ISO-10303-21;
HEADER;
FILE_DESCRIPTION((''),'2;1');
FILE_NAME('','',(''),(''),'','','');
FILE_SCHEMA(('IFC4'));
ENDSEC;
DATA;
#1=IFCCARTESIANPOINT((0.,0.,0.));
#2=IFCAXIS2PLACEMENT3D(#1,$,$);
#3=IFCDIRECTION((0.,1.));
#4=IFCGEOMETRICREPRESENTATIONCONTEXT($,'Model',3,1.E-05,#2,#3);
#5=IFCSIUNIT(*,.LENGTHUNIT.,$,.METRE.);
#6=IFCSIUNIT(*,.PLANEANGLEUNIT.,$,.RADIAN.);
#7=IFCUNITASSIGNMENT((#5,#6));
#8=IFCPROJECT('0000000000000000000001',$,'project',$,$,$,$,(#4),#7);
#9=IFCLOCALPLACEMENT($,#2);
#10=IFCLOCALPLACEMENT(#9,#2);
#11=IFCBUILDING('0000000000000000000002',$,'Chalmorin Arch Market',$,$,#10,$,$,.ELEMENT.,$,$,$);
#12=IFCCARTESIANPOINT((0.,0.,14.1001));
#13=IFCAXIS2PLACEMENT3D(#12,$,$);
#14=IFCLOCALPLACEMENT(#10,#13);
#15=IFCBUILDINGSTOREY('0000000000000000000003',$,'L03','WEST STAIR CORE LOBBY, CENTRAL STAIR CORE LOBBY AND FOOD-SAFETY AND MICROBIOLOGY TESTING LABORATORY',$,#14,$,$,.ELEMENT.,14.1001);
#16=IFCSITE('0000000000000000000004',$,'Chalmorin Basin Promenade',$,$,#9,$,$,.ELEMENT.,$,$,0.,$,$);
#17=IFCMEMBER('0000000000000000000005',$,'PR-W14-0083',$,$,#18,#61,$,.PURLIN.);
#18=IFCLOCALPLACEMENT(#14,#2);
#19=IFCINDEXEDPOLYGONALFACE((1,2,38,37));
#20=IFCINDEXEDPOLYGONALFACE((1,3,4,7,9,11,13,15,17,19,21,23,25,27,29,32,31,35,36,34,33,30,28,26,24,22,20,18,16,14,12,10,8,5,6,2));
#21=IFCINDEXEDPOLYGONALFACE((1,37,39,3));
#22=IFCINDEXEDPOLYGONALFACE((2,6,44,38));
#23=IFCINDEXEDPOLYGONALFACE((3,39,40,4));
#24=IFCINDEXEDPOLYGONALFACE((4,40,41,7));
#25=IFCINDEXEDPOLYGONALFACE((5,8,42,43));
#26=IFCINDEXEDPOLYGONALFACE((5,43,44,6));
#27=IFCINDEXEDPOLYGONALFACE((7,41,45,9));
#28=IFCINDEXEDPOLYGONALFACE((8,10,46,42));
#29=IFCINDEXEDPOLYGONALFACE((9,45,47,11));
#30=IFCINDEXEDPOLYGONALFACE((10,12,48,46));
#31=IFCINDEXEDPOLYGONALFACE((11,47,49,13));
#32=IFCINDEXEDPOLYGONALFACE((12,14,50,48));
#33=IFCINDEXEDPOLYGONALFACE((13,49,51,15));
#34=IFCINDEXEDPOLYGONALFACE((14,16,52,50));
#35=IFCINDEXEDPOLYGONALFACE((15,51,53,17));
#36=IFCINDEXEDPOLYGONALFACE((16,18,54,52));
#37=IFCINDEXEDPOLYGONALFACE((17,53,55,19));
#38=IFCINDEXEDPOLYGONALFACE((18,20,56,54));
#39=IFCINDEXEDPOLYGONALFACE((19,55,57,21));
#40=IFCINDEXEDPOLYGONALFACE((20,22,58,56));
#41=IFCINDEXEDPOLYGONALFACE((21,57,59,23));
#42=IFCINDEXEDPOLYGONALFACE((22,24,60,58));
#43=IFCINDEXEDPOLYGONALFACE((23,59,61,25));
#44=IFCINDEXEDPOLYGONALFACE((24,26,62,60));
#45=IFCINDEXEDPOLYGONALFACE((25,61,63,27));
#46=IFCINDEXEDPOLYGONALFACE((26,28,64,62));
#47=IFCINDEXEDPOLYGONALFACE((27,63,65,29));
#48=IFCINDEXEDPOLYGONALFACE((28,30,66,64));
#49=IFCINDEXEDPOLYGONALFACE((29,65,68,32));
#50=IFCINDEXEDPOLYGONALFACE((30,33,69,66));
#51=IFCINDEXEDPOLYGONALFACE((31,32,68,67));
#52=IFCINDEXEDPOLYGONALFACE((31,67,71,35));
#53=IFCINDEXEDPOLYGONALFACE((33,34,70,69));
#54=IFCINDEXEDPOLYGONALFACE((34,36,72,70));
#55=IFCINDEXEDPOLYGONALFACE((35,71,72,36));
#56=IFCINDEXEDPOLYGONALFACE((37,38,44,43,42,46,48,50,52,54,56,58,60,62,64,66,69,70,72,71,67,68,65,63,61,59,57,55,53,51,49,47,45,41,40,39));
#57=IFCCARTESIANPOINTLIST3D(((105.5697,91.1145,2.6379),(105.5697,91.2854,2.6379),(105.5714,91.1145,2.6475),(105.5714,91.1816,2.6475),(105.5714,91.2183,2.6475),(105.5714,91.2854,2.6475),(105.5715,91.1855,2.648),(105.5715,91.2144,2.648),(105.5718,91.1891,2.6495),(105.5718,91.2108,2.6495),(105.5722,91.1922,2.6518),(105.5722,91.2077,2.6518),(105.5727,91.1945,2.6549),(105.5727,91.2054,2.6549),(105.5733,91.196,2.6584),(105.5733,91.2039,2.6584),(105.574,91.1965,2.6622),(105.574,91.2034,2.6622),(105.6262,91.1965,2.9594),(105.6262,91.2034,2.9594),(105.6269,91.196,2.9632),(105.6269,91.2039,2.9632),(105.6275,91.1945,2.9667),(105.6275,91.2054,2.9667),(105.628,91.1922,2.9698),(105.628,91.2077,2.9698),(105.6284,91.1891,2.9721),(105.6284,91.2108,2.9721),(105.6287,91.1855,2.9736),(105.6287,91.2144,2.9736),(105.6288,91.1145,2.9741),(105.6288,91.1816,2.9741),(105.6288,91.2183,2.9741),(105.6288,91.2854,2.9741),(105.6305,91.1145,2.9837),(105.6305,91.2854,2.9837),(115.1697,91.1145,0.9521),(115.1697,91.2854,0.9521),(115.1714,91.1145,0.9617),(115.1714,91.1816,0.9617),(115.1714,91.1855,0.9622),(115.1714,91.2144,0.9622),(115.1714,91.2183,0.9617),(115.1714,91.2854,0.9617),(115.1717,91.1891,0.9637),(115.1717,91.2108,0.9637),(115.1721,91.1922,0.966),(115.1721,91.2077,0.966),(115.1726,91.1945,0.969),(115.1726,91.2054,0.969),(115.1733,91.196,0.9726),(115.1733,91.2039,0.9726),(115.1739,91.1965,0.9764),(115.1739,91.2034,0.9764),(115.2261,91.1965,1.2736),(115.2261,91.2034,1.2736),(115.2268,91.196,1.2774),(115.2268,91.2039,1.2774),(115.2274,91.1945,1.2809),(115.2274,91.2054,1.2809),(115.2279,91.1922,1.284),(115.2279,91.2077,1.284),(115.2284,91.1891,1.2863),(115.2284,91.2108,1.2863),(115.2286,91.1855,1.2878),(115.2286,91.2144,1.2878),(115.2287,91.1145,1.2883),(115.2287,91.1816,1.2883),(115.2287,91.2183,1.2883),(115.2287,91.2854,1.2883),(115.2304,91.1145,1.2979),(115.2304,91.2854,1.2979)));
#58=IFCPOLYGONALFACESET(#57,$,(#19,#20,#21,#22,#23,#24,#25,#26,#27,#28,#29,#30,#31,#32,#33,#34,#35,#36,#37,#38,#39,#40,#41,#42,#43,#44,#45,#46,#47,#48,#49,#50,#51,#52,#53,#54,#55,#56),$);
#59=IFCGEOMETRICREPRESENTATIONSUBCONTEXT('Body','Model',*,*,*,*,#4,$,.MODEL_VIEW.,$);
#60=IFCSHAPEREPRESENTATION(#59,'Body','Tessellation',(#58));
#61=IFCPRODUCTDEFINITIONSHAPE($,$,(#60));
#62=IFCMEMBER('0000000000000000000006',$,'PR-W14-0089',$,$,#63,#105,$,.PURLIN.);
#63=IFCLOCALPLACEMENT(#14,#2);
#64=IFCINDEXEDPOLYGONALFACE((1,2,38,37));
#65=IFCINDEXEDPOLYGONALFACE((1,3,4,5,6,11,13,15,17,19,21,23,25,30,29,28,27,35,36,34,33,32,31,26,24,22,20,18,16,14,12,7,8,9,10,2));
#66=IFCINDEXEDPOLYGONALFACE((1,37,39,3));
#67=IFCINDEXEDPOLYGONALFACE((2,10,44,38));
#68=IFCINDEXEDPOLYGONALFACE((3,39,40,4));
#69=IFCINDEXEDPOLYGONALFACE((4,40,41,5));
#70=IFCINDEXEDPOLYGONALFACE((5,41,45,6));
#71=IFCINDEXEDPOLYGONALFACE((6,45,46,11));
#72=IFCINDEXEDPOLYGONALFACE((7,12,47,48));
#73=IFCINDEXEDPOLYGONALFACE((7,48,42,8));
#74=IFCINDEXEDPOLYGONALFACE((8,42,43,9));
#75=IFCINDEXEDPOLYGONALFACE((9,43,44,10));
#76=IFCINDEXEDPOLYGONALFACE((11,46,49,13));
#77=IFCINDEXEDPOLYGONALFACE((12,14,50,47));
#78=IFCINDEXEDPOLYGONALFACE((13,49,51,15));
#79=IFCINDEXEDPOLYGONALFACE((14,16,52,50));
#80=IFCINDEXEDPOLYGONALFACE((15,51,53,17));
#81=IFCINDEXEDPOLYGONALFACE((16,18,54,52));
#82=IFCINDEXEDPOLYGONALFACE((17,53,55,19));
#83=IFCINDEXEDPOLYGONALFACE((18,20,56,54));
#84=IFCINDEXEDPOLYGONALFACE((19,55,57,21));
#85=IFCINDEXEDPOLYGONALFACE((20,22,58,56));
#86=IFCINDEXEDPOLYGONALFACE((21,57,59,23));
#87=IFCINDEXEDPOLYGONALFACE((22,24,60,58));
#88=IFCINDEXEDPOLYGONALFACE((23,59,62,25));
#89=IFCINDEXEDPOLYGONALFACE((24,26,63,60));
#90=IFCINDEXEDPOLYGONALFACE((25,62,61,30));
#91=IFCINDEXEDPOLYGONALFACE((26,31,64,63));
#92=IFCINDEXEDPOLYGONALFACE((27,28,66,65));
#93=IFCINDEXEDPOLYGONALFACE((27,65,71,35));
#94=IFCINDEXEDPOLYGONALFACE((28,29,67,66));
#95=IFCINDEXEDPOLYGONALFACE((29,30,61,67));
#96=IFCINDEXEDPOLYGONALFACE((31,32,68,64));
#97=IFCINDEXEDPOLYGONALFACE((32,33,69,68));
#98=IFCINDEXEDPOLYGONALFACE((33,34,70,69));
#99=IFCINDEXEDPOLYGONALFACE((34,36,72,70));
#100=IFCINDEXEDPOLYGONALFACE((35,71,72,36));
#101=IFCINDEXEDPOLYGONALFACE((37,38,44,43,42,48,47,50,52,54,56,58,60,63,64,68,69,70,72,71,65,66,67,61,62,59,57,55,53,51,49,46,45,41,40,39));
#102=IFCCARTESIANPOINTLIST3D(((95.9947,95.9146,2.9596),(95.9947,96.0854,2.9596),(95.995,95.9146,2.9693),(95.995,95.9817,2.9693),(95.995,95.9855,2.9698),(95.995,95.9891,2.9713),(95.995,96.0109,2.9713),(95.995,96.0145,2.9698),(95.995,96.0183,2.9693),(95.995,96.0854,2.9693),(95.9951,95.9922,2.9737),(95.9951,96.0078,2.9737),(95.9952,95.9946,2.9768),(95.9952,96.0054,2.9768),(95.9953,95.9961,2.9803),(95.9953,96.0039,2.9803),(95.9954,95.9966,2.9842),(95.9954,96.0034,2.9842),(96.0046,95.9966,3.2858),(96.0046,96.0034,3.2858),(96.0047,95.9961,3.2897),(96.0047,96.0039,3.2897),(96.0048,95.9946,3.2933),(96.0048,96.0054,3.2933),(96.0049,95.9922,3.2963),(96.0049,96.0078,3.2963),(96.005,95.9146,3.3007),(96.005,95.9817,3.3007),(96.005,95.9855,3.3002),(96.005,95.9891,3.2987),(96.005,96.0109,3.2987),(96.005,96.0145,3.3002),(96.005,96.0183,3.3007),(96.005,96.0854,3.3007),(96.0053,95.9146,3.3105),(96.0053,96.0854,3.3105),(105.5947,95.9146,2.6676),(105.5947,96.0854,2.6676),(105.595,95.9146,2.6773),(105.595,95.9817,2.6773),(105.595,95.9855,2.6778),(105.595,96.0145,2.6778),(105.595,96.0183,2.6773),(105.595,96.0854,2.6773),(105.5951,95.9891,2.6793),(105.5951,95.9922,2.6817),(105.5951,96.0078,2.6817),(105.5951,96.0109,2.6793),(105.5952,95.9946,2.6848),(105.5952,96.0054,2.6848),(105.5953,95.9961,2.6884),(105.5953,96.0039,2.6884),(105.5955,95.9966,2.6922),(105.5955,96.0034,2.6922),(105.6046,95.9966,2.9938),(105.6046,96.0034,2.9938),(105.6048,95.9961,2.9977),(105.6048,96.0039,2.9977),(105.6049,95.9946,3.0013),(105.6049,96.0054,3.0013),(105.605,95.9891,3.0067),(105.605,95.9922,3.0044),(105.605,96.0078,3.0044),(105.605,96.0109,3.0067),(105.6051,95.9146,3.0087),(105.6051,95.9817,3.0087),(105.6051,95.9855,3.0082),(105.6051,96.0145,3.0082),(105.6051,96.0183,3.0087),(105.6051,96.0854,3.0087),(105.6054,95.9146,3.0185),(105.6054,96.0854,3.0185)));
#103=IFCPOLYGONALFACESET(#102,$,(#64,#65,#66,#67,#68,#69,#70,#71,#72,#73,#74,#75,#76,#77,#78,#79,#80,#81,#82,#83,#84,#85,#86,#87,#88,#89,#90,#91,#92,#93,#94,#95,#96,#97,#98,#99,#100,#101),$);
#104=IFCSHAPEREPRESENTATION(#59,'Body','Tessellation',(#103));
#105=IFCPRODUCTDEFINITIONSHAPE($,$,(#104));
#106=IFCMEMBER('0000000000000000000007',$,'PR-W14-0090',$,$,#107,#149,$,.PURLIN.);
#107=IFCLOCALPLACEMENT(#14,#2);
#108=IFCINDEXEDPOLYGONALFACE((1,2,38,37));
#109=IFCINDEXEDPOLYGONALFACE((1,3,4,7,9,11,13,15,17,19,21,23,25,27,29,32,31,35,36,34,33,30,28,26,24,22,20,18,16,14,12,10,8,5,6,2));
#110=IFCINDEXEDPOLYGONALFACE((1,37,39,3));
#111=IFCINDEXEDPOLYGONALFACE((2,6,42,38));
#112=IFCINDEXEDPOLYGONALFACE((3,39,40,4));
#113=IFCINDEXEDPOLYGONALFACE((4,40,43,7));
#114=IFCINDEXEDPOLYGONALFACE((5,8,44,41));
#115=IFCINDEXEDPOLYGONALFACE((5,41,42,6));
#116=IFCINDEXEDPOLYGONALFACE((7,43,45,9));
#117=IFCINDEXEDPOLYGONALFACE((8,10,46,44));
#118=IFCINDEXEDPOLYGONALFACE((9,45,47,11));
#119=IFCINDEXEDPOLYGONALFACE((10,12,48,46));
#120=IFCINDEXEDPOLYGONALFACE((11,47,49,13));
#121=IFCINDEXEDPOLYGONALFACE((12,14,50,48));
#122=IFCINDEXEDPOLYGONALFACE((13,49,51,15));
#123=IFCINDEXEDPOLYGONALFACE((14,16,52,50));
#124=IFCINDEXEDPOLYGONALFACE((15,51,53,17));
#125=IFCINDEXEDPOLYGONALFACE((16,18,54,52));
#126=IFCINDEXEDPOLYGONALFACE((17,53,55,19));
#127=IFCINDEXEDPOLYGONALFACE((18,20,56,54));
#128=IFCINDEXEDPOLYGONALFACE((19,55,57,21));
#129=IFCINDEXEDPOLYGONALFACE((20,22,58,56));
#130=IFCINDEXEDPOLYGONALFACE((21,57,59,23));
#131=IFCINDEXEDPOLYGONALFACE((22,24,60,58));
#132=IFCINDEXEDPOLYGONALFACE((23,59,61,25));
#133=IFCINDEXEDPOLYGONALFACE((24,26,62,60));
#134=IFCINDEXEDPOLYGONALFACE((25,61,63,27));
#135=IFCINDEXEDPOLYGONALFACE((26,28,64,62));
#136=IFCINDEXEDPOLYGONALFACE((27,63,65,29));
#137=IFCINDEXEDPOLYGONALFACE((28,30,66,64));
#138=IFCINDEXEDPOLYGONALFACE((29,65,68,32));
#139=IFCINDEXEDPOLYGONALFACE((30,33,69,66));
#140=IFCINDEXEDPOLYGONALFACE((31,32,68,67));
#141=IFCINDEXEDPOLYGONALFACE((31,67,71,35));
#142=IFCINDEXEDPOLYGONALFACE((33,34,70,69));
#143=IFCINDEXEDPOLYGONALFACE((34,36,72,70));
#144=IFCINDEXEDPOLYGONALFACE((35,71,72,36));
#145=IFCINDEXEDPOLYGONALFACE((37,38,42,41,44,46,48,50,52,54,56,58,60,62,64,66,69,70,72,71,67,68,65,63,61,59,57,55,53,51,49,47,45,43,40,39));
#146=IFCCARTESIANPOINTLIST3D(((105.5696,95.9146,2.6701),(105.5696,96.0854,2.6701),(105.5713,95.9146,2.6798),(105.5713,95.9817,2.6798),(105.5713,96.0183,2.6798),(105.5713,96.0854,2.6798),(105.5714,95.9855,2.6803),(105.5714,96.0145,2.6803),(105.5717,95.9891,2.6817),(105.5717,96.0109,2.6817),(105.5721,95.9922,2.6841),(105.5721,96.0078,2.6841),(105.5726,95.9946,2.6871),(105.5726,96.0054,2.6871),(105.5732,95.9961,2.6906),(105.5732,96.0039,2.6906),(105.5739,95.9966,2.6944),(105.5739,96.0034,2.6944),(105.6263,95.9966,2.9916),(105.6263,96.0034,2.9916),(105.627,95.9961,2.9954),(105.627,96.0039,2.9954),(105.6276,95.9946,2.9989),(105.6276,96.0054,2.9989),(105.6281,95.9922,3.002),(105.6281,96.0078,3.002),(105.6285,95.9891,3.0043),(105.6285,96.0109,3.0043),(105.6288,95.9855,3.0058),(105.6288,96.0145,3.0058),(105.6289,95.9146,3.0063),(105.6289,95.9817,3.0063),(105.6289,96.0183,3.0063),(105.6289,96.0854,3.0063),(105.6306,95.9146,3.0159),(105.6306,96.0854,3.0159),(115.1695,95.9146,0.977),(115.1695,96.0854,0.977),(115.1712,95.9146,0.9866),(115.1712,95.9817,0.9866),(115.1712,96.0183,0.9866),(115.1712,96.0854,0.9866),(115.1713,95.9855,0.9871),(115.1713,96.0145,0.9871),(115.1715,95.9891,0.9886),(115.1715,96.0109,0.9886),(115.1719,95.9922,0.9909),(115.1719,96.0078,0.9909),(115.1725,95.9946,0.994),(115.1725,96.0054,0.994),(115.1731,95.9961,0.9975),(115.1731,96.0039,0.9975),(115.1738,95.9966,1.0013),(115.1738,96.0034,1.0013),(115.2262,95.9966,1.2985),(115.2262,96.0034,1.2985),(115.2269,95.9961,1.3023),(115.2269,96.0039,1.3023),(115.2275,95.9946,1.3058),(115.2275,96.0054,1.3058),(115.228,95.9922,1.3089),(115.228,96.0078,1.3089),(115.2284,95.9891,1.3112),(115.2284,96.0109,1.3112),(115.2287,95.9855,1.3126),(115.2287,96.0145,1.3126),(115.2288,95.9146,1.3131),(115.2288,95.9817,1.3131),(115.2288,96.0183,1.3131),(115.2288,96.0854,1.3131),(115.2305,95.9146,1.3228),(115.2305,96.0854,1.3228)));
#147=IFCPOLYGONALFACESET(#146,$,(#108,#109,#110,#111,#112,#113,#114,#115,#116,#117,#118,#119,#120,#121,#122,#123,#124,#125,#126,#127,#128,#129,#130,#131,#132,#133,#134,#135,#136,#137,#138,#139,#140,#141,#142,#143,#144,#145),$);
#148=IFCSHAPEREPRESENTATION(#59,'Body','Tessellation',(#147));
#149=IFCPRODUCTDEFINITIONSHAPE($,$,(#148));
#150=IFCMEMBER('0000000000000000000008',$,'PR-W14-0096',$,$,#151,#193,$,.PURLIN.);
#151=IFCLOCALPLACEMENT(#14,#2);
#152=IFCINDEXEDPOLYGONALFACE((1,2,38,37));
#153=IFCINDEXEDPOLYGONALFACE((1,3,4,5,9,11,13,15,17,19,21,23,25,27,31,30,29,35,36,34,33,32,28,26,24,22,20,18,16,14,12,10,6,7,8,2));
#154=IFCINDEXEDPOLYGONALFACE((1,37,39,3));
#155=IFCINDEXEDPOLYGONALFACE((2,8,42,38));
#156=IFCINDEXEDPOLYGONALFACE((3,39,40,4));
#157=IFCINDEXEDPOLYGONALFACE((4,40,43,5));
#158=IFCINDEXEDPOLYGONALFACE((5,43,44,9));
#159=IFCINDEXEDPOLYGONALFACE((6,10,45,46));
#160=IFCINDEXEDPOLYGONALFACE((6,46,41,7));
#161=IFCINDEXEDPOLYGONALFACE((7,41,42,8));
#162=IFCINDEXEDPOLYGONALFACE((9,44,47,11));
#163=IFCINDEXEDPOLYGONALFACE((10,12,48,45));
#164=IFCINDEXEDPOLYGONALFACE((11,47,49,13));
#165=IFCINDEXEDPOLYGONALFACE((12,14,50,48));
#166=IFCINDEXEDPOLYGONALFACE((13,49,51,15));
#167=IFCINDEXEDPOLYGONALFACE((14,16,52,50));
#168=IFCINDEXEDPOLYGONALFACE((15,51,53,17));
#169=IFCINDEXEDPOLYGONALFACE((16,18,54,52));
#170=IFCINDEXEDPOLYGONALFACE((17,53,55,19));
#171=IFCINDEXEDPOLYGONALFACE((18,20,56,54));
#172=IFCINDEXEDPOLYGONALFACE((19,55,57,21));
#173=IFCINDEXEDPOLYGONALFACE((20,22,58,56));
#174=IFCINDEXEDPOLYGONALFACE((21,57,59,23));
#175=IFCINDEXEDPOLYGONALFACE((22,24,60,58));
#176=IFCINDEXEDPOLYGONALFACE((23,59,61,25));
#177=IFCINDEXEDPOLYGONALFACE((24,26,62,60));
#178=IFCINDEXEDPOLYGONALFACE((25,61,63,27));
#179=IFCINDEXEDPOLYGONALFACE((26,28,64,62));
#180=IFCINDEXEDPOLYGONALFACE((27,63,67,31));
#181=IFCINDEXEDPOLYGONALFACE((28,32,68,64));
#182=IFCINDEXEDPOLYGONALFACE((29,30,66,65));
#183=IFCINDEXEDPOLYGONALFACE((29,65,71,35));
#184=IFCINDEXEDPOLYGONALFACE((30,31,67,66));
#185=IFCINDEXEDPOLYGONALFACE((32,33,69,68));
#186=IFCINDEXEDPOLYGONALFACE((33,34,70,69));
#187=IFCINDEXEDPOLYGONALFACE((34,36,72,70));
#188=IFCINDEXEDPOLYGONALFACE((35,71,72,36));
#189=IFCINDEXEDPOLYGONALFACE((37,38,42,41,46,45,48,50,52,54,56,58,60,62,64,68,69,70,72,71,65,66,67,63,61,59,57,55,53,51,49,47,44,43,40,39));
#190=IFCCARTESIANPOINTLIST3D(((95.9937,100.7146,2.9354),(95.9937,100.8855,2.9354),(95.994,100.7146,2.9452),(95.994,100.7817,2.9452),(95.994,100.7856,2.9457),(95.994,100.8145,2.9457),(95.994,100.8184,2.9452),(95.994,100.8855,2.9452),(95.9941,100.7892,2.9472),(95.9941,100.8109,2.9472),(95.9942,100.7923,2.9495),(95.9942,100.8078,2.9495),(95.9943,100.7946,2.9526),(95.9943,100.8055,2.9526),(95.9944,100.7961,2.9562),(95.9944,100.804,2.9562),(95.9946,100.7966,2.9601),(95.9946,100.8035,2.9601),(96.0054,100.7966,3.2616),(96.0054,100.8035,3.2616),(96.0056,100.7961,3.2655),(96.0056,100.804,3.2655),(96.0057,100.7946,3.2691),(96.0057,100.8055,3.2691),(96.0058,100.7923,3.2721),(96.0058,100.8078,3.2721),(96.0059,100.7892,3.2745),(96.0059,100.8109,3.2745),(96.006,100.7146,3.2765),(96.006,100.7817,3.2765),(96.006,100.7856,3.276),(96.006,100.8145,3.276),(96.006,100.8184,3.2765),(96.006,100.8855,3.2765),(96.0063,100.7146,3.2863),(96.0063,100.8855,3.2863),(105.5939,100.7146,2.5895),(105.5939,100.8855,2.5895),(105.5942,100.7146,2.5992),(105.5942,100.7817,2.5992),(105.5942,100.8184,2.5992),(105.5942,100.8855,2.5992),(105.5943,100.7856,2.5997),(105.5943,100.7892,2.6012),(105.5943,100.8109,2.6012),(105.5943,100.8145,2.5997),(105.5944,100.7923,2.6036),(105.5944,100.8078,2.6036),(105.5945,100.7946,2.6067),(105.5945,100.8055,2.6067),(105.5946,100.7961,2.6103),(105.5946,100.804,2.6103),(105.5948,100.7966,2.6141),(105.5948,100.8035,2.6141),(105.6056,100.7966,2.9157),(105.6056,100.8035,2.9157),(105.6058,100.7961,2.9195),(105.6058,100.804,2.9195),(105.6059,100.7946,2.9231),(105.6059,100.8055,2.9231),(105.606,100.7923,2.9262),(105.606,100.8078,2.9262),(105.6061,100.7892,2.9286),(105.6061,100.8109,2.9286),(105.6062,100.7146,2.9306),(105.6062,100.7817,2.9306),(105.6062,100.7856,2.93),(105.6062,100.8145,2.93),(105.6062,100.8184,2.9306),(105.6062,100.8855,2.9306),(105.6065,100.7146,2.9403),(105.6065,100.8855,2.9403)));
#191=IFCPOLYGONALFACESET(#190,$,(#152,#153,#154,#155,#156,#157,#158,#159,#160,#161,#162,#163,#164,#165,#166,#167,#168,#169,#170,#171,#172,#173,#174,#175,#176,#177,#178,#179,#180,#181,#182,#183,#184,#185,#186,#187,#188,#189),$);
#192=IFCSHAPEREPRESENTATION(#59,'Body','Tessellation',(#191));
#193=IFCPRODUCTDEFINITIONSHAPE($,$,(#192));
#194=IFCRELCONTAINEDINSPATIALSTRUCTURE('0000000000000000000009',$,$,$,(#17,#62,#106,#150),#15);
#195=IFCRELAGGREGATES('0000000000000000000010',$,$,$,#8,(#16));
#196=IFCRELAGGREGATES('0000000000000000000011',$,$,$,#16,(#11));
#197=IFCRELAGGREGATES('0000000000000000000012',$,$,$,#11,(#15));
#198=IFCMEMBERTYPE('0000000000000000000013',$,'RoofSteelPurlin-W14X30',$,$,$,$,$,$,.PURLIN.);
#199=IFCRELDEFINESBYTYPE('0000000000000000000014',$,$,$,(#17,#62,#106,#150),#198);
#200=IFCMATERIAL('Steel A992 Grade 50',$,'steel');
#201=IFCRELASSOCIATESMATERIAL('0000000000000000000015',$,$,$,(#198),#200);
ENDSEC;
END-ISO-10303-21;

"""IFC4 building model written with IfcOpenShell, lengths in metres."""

from ifc_helpers import new_model, si_unit, direction, frame, origin, origin_2d, place, context, subcontext, project, spatial, i_section, extrude, material, material_profile, profile_set, type_object, element, save


model = new_model("IFC4")

# Units and contexts
model_context = context("Model", 3, precision=1e-05, world=origin(), true_north=direction((0.0, 1.0)))
body_context = subcontext(model_context, "Body", "Model", "MODEL_VIEW")
ifc_project = project(units=[si_unit("LENGTHUNIT", "METRE"), si_unit("PLANEANGLEUNIT", "RADIAN")], contexts=[model_context])

# Site, building, storey
site_placement = place(None, origin())
site = spatial("IfcSite", under=ifc_project, at=site_placement, Name="Chalmorin Basin Promenade", CompositionType="ELEMENT", RefElevation=0.0)
building_placement = place(site_placement, origin())
building = spatial("IfcBuilding", under=site, at=building_placement, Name="Chalmorin Arch Market", CompositionType="ELEMENT")
storey_placement = place(building_placement, frame((0.0, 0.0, 14.1001)))
storey = spatial("IfcBuildingStorey", under=building, at=storey_placement, Name="L03", Description="WEST STAIR CORE LOBBY, CENTRAL STAIR CORE LOBBY AND FOOD-SAFETY AND MICROBIOLOGY TESTING LABORATORY", CompositionType="ELEMENT", Elevation=14.1001)

# Shared definitions
ifc_material_1 = material(Name="Steel A992 Grade 50", Category="steel")

# Members
ifc_material_profile_1 = material_profile(ifc_material_1, i_section(OverallWidth=0.1709, OverallDepth=0.3511, WebThickness=0.0068, FlangeThickness=0.0098, FilletRadius=0.0149, at=origin_2d()), Name="W14X30")
ifc_profile_set_1 = profile_set([ifc_material_profile_1], Name="Steel A992 Grade 50")
member_type = type_object("IfcMemberType", Name="RoofSteelPurlin-W14X30", PredefinedType="PURLIN", material=ifc_profile_set_1)
member_1_placement = place(storey_placement, frame((105.6001, 91.2, 2.8108), z_axis=(0.984929, 0.0, -0.172959), x_axis=(0.0, 1.0, 0.0)))
element("IfcMember", 1, at=member_1_placement, inside=storey, type_object=member_type, Name="PR-W14-0083", PredefinedType="PURLIN", context=body_context, shape_type="SweptSolid", body=[
    extrude(i_section(OverallWidth=0.1709, OverallDepth=0.3511, WebThickness=0.0068, FlangeThickness=0.0098, FilletRadius=0.0149, at=origin_2d()), origin(), (0.0, 0.0, 1.0), 9.7468),
])
member_2_placement = place(storey_placement, frame((96.0, 96.0, 3.135), z_axis=(0.999538, 0.0, -0.030401), x_axis=(0.0, 1.0, 0.0)))
element("IfcMember", 2, at=member_2_placement, inside=storey, type_object=member_type, Name="PR-W14-0089", PredefinedType="PURLIN", context=body_context, shape_type="SweptSolid", body=[
    extrude(i_section(OverallWidth=0.1709, OverallDepth=0.3511, WebThickness=0.0068, FlangeThickness=0.0098, FilletRadius=0.0149, at=origin_2d()), origin(), (0.0, 0.0, 1.0), 9.6045),
])
member_3_placement = place(storey_placement, frame((105.6001, 96.0, 2.843), z_axis=(0.984801, 0.0, -0.173688), x_axis=(0.0, 1.0, 0.0)))
element("IfcMember", 3, at=member_3_placement, inside=storey, type_object=member_type, Name="PR-W14-0090", PredefinedType="PURLIN", context=body_context, shape_type="SweptSolid", body=[
    extrude(i_section(OverallWidth=0.1709, OverallDepth=0.3511, WebThickness=0.0068, FlangeThickness=0.0098, FilletRadius=0.0149, at=origin_2d()), origin(), (0.0, 0.0, 1.0), 9.748),
])
member_4_placement = place(storey_placement, frame((96.0, 100.8, 3.1108), z_axis=(0.999351, 0.0, -0.036012), x_axis=(0.0, 1.0, 0.0)))
element("IfcMember", 4, at=member_4_placement, inside=storey, type_object=member_type, Name="PR-W14-0096", PredefinedType="PURLIN", context=body_context, shape_type="SweptSolid", body=[
    extrude(i_section(OverallWidth=0.1709, OverallDepth=0.3511, WebThickness=0.0068, FlangeThickness=0.0098, FilletRadius=0.0149, at=origin_2d()), origin(), (0.0, 0.0, 1.0), 9.6064),
])

save(model, "model.ifc")
